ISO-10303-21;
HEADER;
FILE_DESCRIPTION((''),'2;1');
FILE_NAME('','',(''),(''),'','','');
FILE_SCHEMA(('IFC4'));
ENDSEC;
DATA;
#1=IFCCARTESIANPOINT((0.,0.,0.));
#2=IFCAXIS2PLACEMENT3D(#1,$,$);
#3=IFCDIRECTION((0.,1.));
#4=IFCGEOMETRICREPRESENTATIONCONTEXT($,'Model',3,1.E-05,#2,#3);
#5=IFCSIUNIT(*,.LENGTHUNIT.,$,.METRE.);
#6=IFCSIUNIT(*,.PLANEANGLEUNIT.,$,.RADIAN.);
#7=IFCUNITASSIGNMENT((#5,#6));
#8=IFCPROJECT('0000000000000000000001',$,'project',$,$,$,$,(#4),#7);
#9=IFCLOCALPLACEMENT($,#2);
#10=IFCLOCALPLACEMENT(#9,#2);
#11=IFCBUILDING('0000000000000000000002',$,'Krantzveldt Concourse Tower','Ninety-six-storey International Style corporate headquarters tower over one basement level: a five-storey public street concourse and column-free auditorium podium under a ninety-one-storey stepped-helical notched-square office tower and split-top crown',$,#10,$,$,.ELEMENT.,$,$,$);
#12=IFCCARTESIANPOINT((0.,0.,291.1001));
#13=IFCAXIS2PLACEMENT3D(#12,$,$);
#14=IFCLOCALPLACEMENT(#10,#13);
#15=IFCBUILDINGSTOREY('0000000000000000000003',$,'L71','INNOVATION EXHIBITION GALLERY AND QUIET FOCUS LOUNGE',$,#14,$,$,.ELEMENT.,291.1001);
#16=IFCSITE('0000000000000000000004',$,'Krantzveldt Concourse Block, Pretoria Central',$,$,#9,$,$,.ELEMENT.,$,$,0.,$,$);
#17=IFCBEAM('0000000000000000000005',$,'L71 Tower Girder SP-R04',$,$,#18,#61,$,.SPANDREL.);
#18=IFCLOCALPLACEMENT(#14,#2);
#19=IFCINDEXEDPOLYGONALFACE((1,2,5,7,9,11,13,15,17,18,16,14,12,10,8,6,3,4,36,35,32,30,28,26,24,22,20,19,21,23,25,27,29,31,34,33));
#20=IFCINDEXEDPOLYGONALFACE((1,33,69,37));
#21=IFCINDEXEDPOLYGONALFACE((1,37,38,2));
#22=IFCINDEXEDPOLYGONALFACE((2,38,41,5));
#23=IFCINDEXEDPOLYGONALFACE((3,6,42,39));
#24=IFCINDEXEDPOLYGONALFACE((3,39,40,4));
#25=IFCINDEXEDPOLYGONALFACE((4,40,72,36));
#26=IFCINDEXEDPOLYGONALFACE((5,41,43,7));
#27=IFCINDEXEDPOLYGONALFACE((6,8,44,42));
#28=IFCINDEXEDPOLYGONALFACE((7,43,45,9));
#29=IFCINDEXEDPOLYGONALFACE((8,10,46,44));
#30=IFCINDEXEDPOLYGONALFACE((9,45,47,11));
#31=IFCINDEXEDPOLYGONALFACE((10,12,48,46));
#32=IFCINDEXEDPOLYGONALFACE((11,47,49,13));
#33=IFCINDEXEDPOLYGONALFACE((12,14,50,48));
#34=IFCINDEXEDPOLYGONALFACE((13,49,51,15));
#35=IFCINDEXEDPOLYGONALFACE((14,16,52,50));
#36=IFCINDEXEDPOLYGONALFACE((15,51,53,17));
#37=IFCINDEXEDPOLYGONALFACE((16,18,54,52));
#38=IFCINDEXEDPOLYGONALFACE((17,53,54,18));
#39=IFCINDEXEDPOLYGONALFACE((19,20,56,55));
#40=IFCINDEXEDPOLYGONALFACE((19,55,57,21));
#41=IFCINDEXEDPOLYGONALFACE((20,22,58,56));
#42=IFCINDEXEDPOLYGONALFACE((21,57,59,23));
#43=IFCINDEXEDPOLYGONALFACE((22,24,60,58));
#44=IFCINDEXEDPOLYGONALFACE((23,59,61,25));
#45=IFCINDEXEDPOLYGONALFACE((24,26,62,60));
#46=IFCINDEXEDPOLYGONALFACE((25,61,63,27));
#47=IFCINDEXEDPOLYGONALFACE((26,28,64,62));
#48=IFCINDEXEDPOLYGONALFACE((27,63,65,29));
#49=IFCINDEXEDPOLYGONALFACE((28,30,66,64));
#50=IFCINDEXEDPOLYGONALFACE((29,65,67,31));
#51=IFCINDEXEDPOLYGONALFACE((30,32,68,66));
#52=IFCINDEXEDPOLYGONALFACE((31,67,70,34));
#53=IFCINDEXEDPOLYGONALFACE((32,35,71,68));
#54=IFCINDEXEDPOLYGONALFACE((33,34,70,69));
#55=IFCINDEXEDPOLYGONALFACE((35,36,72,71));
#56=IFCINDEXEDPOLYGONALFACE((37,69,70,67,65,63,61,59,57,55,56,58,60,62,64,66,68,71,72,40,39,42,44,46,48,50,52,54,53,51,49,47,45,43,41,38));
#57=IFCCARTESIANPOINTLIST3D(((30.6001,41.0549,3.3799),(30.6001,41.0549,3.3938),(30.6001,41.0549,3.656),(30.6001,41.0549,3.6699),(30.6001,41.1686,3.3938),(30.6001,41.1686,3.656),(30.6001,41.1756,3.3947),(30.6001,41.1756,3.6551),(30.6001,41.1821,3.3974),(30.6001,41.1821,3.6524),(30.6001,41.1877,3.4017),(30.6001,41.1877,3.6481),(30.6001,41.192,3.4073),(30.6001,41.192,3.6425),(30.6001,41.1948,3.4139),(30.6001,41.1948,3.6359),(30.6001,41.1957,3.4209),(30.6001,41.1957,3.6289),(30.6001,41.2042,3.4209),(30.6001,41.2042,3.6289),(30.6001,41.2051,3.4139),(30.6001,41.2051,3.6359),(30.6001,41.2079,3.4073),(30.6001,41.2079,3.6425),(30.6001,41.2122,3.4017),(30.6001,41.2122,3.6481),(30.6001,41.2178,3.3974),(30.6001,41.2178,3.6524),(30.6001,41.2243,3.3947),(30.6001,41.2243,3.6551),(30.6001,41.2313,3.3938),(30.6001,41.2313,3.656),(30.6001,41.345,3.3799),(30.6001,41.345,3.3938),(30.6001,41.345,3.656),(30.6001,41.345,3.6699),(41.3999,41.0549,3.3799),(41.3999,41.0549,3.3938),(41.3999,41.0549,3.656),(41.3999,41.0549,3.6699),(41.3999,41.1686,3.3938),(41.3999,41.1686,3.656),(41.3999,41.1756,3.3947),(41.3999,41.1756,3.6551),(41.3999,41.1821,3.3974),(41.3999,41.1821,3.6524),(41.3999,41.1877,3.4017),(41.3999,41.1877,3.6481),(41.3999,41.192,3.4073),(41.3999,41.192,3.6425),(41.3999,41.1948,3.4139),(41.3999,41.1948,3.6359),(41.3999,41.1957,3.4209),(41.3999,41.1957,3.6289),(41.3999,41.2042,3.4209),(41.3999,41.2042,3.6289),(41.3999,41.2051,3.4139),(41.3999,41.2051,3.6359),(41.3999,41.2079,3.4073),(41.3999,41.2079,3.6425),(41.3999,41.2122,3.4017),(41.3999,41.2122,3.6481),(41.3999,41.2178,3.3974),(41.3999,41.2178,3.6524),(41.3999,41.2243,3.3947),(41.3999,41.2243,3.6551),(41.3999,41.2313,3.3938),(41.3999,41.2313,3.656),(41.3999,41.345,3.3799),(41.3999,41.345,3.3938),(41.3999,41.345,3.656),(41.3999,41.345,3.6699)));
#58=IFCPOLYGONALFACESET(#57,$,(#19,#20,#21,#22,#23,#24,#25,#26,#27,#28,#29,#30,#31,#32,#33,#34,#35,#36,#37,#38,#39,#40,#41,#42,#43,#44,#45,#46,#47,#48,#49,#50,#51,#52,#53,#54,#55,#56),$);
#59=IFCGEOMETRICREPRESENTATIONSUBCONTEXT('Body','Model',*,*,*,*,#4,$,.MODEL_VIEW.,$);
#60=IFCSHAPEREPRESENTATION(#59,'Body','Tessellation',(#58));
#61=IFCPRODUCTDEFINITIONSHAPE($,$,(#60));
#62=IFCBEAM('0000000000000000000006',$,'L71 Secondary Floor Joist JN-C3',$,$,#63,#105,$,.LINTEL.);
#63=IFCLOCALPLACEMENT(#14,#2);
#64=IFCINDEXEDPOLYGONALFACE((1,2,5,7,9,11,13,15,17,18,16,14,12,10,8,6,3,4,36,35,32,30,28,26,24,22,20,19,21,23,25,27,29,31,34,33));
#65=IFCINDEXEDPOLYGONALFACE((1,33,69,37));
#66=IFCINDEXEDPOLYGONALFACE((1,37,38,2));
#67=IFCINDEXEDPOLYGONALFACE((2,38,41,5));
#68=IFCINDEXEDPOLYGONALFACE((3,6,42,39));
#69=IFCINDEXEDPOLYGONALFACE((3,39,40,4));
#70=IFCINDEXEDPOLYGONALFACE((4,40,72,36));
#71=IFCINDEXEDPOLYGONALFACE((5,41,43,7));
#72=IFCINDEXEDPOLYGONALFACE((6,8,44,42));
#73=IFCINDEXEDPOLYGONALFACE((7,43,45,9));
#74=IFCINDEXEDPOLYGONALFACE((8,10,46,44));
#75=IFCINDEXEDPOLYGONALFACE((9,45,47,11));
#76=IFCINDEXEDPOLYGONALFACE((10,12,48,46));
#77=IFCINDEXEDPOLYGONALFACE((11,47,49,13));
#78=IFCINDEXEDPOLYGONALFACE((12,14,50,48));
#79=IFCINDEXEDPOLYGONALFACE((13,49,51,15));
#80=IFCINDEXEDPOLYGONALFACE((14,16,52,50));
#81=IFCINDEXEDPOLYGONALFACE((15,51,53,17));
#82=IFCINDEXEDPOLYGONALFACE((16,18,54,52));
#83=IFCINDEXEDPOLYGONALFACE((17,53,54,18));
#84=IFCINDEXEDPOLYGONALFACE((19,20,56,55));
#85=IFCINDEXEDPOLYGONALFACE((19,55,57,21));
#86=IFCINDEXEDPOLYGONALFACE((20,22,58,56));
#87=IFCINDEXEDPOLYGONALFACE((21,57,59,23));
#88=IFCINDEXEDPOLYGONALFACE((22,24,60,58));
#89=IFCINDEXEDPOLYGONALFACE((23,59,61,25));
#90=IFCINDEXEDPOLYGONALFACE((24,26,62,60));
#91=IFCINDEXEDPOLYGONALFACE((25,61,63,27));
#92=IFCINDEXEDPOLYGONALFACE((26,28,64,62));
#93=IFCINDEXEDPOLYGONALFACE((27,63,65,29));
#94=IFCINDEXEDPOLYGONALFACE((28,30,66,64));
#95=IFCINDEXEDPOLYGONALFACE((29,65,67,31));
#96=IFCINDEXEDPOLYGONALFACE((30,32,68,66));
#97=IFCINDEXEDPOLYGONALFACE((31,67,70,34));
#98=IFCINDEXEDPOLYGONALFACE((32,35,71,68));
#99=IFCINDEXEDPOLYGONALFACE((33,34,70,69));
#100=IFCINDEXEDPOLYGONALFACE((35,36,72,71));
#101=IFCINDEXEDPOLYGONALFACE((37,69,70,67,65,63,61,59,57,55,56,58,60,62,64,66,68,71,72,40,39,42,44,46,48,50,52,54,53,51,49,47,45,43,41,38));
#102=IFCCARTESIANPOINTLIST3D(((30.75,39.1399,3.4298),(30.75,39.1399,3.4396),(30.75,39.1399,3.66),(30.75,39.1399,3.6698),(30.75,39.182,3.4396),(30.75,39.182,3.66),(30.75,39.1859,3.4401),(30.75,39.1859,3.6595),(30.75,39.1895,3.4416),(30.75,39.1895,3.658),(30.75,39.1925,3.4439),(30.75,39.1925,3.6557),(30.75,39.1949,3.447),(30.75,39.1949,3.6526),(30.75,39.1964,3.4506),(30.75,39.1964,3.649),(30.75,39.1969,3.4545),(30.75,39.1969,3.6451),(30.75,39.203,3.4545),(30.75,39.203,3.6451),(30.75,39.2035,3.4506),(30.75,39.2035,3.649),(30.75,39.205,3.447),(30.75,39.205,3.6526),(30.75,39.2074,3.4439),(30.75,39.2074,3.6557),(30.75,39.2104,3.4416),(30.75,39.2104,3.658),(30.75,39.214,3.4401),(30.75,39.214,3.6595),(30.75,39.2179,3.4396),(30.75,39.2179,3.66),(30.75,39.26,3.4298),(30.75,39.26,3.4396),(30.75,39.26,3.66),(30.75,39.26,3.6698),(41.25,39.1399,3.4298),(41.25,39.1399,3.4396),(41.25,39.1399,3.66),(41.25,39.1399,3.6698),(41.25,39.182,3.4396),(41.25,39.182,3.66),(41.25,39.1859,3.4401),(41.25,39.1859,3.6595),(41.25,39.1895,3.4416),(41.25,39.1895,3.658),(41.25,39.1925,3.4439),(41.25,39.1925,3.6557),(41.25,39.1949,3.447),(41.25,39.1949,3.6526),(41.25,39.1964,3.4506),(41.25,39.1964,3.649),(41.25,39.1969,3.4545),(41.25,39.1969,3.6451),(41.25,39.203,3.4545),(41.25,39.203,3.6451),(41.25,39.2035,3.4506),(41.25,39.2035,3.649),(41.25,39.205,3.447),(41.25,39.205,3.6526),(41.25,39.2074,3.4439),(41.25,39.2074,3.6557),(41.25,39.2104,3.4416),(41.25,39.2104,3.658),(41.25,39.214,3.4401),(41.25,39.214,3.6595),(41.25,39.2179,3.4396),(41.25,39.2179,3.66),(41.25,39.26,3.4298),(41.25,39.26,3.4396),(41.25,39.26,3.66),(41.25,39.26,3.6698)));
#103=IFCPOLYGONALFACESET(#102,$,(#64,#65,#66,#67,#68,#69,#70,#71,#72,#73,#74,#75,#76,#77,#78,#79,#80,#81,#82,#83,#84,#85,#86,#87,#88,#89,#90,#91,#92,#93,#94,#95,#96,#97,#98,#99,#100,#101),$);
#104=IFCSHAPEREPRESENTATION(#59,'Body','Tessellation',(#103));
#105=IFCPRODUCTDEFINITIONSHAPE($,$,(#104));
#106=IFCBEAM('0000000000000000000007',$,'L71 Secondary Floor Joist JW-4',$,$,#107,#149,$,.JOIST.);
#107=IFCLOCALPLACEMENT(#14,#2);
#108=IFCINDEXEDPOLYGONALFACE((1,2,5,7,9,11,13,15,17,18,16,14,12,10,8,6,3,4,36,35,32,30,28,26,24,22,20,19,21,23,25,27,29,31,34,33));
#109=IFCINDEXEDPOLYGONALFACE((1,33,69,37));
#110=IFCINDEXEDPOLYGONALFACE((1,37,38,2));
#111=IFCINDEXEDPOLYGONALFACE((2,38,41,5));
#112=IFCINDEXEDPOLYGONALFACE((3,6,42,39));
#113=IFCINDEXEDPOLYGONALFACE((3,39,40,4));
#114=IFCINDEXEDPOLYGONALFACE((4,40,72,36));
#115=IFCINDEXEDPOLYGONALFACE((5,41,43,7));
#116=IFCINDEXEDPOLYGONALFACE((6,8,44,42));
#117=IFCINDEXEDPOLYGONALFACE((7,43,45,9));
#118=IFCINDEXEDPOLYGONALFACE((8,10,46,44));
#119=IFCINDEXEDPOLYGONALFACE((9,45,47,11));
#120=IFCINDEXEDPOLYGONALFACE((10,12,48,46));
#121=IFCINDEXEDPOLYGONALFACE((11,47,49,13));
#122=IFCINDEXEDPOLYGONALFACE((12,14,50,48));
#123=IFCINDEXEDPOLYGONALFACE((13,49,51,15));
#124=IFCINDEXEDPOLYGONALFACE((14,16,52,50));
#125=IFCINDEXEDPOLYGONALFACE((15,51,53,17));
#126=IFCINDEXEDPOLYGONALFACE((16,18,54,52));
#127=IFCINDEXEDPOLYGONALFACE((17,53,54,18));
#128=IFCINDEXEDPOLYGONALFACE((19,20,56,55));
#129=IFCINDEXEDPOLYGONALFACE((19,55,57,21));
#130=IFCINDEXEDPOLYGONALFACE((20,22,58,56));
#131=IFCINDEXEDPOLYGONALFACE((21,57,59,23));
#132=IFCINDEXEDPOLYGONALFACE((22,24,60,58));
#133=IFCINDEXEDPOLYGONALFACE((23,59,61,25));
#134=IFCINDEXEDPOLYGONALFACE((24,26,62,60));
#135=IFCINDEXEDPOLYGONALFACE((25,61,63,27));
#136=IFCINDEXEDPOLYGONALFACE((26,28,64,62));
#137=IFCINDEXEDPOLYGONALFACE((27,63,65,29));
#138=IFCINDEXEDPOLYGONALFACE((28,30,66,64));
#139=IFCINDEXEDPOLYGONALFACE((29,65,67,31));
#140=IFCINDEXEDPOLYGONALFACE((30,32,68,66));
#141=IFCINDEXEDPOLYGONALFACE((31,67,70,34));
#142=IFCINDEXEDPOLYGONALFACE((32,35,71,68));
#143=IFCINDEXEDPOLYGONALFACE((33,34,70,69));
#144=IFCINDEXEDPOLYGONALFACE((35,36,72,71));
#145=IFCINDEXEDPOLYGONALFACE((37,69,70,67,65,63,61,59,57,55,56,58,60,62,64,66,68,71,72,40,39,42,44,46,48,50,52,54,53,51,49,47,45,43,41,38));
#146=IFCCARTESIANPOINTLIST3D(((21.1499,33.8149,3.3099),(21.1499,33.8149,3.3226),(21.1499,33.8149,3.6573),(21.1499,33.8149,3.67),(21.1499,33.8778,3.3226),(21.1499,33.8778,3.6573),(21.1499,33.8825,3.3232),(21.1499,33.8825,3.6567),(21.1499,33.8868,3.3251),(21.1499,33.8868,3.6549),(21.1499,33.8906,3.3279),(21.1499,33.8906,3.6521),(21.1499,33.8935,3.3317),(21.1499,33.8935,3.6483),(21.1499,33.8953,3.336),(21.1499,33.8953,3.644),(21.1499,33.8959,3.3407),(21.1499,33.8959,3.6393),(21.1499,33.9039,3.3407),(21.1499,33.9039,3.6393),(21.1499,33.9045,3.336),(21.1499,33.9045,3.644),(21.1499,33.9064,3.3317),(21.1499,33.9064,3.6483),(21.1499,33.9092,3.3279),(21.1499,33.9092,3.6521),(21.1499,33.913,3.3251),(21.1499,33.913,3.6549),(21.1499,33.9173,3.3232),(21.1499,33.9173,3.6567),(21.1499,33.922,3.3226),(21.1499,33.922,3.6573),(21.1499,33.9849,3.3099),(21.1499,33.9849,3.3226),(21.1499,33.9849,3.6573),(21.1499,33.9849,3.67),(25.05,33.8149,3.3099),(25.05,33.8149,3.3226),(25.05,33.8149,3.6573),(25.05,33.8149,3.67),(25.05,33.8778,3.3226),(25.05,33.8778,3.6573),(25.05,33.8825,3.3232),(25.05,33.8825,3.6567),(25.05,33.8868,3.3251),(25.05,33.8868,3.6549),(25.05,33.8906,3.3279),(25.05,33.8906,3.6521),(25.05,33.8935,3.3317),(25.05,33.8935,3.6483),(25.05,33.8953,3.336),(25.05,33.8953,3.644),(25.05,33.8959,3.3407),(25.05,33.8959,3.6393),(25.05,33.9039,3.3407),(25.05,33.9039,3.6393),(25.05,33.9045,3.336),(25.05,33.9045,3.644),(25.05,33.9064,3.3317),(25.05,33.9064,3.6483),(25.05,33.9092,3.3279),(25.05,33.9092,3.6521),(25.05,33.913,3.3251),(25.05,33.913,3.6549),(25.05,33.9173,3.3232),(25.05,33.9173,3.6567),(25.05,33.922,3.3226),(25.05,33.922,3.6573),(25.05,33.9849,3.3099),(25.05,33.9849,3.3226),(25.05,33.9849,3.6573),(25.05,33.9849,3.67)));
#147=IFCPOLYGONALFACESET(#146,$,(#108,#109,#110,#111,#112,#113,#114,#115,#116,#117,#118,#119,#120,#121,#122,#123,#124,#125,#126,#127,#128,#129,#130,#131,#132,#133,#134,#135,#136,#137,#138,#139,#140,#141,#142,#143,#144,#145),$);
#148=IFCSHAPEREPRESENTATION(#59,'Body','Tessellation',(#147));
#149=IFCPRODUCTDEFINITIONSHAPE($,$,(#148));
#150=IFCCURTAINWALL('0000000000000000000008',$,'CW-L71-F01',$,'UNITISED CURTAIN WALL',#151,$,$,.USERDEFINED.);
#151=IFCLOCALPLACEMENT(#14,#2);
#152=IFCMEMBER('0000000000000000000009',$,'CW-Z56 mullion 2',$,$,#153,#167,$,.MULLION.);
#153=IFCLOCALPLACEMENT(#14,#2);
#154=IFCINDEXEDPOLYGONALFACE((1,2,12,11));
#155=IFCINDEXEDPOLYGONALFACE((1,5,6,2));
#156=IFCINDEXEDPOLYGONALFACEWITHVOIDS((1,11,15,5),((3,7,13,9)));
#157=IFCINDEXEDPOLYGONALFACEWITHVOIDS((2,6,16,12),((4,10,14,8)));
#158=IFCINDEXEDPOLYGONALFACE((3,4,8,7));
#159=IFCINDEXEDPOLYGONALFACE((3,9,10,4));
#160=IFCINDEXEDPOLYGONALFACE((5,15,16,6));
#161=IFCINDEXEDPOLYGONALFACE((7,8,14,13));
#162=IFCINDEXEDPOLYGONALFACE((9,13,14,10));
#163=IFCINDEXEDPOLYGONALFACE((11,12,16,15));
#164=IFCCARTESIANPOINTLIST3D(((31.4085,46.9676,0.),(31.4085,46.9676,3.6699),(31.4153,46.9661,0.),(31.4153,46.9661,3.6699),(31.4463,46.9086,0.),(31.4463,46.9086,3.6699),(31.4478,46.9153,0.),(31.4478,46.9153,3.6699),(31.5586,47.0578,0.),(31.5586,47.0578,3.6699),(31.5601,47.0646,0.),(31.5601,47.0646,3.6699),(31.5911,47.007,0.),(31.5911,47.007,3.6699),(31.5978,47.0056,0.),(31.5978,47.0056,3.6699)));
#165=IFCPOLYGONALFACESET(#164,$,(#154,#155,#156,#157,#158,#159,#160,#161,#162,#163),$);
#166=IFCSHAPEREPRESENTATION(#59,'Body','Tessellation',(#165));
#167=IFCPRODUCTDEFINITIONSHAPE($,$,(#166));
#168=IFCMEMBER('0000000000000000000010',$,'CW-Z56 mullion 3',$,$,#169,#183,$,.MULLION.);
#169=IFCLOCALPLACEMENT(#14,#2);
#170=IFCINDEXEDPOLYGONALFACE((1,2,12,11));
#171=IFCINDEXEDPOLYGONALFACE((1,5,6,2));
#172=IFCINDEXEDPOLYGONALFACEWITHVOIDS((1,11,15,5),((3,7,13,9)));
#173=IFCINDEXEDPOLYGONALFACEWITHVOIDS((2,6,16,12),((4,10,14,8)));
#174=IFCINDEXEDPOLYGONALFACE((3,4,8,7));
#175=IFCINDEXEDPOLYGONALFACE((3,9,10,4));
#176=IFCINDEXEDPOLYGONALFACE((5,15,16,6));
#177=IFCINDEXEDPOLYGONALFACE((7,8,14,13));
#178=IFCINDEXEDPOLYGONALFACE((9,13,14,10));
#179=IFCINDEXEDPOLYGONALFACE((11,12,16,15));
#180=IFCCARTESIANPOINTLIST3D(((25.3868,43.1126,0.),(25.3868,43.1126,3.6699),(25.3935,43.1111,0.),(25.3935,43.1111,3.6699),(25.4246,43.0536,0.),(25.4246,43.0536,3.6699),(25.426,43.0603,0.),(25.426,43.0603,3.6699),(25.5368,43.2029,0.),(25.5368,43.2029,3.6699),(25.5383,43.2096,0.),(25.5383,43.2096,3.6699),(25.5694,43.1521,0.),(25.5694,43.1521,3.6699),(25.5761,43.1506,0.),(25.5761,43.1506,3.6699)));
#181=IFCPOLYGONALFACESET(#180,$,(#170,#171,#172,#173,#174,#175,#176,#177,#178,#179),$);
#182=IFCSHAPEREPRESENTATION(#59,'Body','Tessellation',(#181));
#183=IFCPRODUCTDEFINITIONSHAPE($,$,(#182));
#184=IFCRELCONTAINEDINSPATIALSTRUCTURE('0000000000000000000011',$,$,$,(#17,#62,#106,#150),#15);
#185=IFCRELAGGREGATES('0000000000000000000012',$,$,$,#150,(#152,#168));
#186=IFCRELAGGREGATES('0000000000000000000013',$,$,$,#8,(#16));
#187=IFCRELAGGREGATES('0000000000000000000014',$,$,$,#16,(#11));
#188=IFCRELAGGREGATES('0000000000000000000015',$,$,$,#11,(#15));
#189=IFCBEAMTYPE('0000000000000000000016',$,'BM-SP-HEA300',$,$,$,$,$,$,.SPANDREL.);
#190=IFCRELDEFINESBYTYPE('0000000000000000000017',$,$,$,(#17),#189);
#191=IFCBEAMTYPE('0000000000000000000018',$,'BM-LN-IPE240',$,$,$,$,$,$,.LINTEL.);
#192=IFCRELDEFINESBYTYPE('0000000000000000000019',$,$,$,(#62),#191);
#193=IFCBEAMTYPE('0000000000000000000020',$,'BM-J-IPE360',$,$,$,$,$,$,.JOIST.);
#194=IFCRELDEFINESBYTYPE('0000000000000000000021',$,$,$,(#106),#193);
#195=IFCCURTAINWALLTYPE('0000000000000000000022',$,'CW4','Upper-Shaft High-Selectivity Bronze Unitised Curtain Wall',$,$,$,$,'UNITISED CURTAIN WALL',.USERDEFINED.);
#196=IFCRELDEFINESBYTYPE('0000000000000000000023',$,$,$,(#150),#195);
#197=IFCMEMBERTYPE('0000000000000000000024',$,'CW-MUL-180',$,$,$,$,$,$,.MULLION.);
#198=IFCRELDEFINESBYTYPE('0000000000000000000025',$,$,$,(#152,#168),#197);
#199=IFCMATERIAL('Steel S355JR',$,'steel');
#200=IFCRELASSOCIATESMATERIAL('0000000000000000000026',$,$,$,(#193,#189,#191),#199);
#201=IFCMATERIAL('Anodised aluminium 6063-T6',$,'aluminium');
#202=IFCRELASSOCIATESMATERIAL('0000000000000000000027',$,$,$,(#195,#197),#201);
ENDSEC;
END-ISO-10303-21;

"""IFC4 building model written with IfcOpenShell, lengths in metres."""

from ifc_helpers import new_model, si_unit, direction, frame, origin, origin_2d, place, context, subcontext, project, spatial, hollow_rectangle, i_section, extrude, source, transform, mapped, material, material_profile, profile_set, type_object, type_shapes, element, aggregate, save


model = new_model("IFC4")

# Units and contexts
model_context = context("Model", 3, precision=1e-05, world=origin(), true_north=direction((0.0, 1.0)))
body_context = subcontext(model_context, "Body", "Model", "MODEL_VIEW")
ifc_project = project(units=[si_unit("LENGTHUNIT", "METRE"), si_unit("PLANEANGLEUNIT", "RADIAN")], contexts=[model_context])

# Site, building, storey
site_placement = place(None, origin())
site = spatial("IfcSite", under=ifc_project, at=site_placement, Name="Krantzveldt Concourse Block, Pretoria Central", CompositionType="ELEMENT", RefElevation=0.0)
building_placement = place(site_placement, origin())
building = spatial("IfcBuilding", under=site, at=building_placement, Name="Krantzveldt Concourse Tower", Description="Ninety-six-storey International Style corporate headquarters tower over one basement level: a five-storey public street concourse and column-free auditorium podium under a ninety-one-storey stepped-helical notched-square office tower and split-top crown", CompositionType="ELEMENT")
storey_placement = place(building_placement, frame((0.0, 0.0, 291.1001)))
storey = spatial("IfcBuildingStorey", under=building, at=storey_placement, Name="L71", Description="INNOVATION EXHIBITION GALLERY AND QUIET FOCUS LOUNGE", CompositionType="ELEMENT", Elevation=291.1001)

# Beams
ifc_material_1 = material(Name="Steel S355JR", Category="steel")
ifc_material_profile_1 = material_profile(ifc_material_1, i_section(OverallWidth=0.1699, OverallDepth=0.3601, WebThickness=0.0081, FlangeThickness=0.0127, FilletRadius=0.0181, at=origin_2d()), Name="Steel S355JR", Category="steel")
ifc_profile_set_1 = profile_set([ifc_material_profile_1], Name="Steel S355JR - IPE 360")
beam_type_1 = type_object("IfcBeamType", Name="BM-J-IPE360", PredefinedType="JOIST", material=ifc_profile_set_1)
ifc_material_profile_2 = material_profile(ifc_material_1, i_section(OverallWidth=0.29, OverallDepth=0.29, WebThickness=0.0085, FlangeThickness=0.0139, FilletRadius=0.0271, at=origin_2d()), Name="Steel S355JR", Category="steel")
ifc_profile_set_2 = profile_set([ifc_material_profile_2], Name="Steel S355JR - HEA 300")
beam_type_2 = type_object("IfcBeamType", Name="BM-SP-HEA300", PredefinedType="SPANDREL", material=ifc_profile_set_2)
shared_shape_1 = source(origin(), body_context, "Body", "SweptSolid", [
    extrude(i_section(OverallWidth=0.29, OverallDepth=0.29, WebThickness=0.0085, FlangeThickness=0.0139, FilletRadius=0.0271, at=origin_2d()), origin(), (0.0, 0.0, 1.0), 10.7998),
])
beam_1_placement = place(storey_placement, frame((30.6001, 41.2, 3.5249), z_axis=(1.0, 0.0, 0.0), x_axis=(0.0, 1.0, 0.0)))
element("IfcBeam", 1, at=beam_1_placement, inside=storey, type_object=beam_type_2, Name="L71 Tower Girder SP-R04", PredefinedType="SPANDREL", context=body_context, shape_type="MappedRepresentation", body=[
    mapped(shared_shape_1, transform((0.0, 0.0, 0.0), x_axis=(1.0, 0.0, 0.0), y_axis=(0.0, 1.0, 0.0), z_axis=(0.0, 0.0, 1.0), scale=1.0)),
])
ifc_material_profile_3 = material_profile(ifc_material_1, i_section(OverallWidth=0.1201, OverallDepth=0.24, WebThickness=0.0061, FlangeThickness=0.0098, FilletRadius=0.0149, at=origin_2d()), Name="Steel S355JR", Category="steel")
ifc_profile_set_3 = profile_set([ifc_material_profile_3], Name="Steel S355JR - IPE 240")
beam_type_3 = type_object("IfcBeamType", Name="BM-LN-IPE240", PredefinedType="LINTEL", material=ifc_profile_set_3)
shared_shape_2 = source(origin(), body_context, "Body", "SweptSolid", [
    extrude(i_section(OverallWidth=0.1201, OverallDepth=0.24, WebThickness=0.0061, FlangeThickness=0.0098, FilletRadius=0.0149, at=origin_2d()), origin(), (0.0, 0.0, 1.0), 10.5),
])
type_shapes(beam_type_3, [shared_shape_2])
beam_2_placement = place(storey_placement, frame((30.75, 39.2, 3.5498), z_axis=(1.0, 0.0, 0.0), x_axis=(0.0, 1.0, 0.0)))
element("IfcBeam", 2, at=beam_2_placement, inside=storey, type_object=beam_type_3, Name="L71 Secondary Floor Joist JN-C3", PredefinedType="LINTEL", context=body_context, shape_type="MappedRepresentation", body=[
    mapped(shared_shape_2, transform((0.0, 0.0, 0.0), x_axis=(1.0, 0.0, 0.0), y_axis=(0.0, 1.0, 0.0), z_axis=(0.0, 0.0, 1.0), scale=1.0)),
])
shared_shape_3 = source(origin(), body_context, "Body", "SweptSolid", [
    extrude(i_section(OverallWidth=0.1699, OverallDepth=0.3601, WebThickness=0.0081, FlangeThickness=0.0127, FilletRadius=0.0181, at=origin_2d()), origin(), (0.0, 0.0, 1.0), 3.9001),
])
beam_3_placement = place(storey_placement, frame((21.1499, 33.8999, 3.49), z_axis=(1.0, 0.0, 0.0), x_axis=(0.0, 1.0, 0.0)))
element("IfcBeam", 3, at=beam_3_placement, inside=storey, type_object=beam_type_1, Name="L71 Secondary Floor Joist JW-4", PredefinedType="JOIST", context=body_context, shape_type="MappedRepresentation", body=[
    mapped(shared_shape_3, transform((0.0, 0.0, 0.0), x_axis=(1.0, 0.0, 0.0), y_axis=(0.0, 1.0, 0.0), z_axis=(0.0, 0.0, 1.0), scale=1.0)),
])

# Curtain wall, members
ifc_material_2 = material(Name="Anodised aluminium 6063-T6", Category="aluminium")
curtain_wall_type = type_object("IfcCurtainWallType", Name="CW4", Description="Upper-Shaft High-Selectivity Bronze Unitised Curtain Wall", ElementType="UNITISED CURTAIN WALL", PredefinedType="USERDEFINED", material=ifc_material_2)
curtain_wall_placement = place(storey_placement, origin())
curtain_wall = element("IfcCurtainWall", 4, at=curtain_wall_placement, inside=storey, type_object=curtain_wall_type, Name="CW-L71-F01", ObjectType="UNITISED CURTAIN WALL", PredefinedType="USERDEFINED")
ifc_material_profile_4 = material_profile(ifc_material_2, hollow_rectangle(XDim=0.0701, YDim=0.1799, WallThickness=0.0049, at=origin_2d()), Name="Anodised aluminium 6063-T6", Category="aluminium")
ifc_profile_set_4 = profile_set([ifc_material_profile_4], Name="Anodised aluminium 6063-T6 - ALU-MULL 180x70x5")
member_type_1 = type_object("IfcMemberType", Name="CW-MUL-180", PredefinedType="MULLION", material=ifc_profile_set_4)
shared_shape_4 = source(origin(), body_context, "Body", "SweptSolid", [
    extrude(hollow_rectangle(XDim=0.0701, YDim=0.1799, WallThickness=0.0049, at=origin_2d()), origin(), (0.0, 0.0, 1.0), 3.6699),
])
type_shapes(member_type_1, [shared_shape_4])
member_1_placement = place(storey_placement, frame((31.5032, 46.9866, 0.0), z_axis=(0.0, 0.0, 1.0), x_axis=(0.539138, -0.842217, 0.0)))
member_1 = element("IfcMember", 5, at=member_1_placement, type_object=member_type_1, Name="CW-Z56 mullion 2", PredefinedType="MULLION", context=body_context, shape_type="MappedRepresentation", body=[
    mapped(shared_shape_4, transform((0.0, 0.0, 0.0), x_axis=(1.0, 0.0, 0.0), y_axis=(0.0, 1.0, 0.0), z_axis=(0.0, 0.0, 1.0), scale=1.0)),
])
member_2_placement = place(storey_placement, frame((25.4814, 43.1316, 0.0), z_axis=(0.0, 0.0, 1.0), x_axis=(0.539138, -0.842217, 0.0)))
member_2 = element("IfcMember", 6, at=member_2_placement, type_object=member_type_1, Name="CW-Z56 mullion 3", PredefinedType="MULLION", context=body_context, shape_type="MappedRepresentation", body=[
    mapped(shared_shape_4, transform((0.0, 0.0, 0.0), x_axis=(1.0, 0.0, 0.0), y_axis=(0.0, 1.0, 0.0), z_axis=(0.0, 0.0, 1.0), scale=1.0)),
])
aggregate(curtain_wall, [member_1, member_2])

save(model, "model.ifc")
